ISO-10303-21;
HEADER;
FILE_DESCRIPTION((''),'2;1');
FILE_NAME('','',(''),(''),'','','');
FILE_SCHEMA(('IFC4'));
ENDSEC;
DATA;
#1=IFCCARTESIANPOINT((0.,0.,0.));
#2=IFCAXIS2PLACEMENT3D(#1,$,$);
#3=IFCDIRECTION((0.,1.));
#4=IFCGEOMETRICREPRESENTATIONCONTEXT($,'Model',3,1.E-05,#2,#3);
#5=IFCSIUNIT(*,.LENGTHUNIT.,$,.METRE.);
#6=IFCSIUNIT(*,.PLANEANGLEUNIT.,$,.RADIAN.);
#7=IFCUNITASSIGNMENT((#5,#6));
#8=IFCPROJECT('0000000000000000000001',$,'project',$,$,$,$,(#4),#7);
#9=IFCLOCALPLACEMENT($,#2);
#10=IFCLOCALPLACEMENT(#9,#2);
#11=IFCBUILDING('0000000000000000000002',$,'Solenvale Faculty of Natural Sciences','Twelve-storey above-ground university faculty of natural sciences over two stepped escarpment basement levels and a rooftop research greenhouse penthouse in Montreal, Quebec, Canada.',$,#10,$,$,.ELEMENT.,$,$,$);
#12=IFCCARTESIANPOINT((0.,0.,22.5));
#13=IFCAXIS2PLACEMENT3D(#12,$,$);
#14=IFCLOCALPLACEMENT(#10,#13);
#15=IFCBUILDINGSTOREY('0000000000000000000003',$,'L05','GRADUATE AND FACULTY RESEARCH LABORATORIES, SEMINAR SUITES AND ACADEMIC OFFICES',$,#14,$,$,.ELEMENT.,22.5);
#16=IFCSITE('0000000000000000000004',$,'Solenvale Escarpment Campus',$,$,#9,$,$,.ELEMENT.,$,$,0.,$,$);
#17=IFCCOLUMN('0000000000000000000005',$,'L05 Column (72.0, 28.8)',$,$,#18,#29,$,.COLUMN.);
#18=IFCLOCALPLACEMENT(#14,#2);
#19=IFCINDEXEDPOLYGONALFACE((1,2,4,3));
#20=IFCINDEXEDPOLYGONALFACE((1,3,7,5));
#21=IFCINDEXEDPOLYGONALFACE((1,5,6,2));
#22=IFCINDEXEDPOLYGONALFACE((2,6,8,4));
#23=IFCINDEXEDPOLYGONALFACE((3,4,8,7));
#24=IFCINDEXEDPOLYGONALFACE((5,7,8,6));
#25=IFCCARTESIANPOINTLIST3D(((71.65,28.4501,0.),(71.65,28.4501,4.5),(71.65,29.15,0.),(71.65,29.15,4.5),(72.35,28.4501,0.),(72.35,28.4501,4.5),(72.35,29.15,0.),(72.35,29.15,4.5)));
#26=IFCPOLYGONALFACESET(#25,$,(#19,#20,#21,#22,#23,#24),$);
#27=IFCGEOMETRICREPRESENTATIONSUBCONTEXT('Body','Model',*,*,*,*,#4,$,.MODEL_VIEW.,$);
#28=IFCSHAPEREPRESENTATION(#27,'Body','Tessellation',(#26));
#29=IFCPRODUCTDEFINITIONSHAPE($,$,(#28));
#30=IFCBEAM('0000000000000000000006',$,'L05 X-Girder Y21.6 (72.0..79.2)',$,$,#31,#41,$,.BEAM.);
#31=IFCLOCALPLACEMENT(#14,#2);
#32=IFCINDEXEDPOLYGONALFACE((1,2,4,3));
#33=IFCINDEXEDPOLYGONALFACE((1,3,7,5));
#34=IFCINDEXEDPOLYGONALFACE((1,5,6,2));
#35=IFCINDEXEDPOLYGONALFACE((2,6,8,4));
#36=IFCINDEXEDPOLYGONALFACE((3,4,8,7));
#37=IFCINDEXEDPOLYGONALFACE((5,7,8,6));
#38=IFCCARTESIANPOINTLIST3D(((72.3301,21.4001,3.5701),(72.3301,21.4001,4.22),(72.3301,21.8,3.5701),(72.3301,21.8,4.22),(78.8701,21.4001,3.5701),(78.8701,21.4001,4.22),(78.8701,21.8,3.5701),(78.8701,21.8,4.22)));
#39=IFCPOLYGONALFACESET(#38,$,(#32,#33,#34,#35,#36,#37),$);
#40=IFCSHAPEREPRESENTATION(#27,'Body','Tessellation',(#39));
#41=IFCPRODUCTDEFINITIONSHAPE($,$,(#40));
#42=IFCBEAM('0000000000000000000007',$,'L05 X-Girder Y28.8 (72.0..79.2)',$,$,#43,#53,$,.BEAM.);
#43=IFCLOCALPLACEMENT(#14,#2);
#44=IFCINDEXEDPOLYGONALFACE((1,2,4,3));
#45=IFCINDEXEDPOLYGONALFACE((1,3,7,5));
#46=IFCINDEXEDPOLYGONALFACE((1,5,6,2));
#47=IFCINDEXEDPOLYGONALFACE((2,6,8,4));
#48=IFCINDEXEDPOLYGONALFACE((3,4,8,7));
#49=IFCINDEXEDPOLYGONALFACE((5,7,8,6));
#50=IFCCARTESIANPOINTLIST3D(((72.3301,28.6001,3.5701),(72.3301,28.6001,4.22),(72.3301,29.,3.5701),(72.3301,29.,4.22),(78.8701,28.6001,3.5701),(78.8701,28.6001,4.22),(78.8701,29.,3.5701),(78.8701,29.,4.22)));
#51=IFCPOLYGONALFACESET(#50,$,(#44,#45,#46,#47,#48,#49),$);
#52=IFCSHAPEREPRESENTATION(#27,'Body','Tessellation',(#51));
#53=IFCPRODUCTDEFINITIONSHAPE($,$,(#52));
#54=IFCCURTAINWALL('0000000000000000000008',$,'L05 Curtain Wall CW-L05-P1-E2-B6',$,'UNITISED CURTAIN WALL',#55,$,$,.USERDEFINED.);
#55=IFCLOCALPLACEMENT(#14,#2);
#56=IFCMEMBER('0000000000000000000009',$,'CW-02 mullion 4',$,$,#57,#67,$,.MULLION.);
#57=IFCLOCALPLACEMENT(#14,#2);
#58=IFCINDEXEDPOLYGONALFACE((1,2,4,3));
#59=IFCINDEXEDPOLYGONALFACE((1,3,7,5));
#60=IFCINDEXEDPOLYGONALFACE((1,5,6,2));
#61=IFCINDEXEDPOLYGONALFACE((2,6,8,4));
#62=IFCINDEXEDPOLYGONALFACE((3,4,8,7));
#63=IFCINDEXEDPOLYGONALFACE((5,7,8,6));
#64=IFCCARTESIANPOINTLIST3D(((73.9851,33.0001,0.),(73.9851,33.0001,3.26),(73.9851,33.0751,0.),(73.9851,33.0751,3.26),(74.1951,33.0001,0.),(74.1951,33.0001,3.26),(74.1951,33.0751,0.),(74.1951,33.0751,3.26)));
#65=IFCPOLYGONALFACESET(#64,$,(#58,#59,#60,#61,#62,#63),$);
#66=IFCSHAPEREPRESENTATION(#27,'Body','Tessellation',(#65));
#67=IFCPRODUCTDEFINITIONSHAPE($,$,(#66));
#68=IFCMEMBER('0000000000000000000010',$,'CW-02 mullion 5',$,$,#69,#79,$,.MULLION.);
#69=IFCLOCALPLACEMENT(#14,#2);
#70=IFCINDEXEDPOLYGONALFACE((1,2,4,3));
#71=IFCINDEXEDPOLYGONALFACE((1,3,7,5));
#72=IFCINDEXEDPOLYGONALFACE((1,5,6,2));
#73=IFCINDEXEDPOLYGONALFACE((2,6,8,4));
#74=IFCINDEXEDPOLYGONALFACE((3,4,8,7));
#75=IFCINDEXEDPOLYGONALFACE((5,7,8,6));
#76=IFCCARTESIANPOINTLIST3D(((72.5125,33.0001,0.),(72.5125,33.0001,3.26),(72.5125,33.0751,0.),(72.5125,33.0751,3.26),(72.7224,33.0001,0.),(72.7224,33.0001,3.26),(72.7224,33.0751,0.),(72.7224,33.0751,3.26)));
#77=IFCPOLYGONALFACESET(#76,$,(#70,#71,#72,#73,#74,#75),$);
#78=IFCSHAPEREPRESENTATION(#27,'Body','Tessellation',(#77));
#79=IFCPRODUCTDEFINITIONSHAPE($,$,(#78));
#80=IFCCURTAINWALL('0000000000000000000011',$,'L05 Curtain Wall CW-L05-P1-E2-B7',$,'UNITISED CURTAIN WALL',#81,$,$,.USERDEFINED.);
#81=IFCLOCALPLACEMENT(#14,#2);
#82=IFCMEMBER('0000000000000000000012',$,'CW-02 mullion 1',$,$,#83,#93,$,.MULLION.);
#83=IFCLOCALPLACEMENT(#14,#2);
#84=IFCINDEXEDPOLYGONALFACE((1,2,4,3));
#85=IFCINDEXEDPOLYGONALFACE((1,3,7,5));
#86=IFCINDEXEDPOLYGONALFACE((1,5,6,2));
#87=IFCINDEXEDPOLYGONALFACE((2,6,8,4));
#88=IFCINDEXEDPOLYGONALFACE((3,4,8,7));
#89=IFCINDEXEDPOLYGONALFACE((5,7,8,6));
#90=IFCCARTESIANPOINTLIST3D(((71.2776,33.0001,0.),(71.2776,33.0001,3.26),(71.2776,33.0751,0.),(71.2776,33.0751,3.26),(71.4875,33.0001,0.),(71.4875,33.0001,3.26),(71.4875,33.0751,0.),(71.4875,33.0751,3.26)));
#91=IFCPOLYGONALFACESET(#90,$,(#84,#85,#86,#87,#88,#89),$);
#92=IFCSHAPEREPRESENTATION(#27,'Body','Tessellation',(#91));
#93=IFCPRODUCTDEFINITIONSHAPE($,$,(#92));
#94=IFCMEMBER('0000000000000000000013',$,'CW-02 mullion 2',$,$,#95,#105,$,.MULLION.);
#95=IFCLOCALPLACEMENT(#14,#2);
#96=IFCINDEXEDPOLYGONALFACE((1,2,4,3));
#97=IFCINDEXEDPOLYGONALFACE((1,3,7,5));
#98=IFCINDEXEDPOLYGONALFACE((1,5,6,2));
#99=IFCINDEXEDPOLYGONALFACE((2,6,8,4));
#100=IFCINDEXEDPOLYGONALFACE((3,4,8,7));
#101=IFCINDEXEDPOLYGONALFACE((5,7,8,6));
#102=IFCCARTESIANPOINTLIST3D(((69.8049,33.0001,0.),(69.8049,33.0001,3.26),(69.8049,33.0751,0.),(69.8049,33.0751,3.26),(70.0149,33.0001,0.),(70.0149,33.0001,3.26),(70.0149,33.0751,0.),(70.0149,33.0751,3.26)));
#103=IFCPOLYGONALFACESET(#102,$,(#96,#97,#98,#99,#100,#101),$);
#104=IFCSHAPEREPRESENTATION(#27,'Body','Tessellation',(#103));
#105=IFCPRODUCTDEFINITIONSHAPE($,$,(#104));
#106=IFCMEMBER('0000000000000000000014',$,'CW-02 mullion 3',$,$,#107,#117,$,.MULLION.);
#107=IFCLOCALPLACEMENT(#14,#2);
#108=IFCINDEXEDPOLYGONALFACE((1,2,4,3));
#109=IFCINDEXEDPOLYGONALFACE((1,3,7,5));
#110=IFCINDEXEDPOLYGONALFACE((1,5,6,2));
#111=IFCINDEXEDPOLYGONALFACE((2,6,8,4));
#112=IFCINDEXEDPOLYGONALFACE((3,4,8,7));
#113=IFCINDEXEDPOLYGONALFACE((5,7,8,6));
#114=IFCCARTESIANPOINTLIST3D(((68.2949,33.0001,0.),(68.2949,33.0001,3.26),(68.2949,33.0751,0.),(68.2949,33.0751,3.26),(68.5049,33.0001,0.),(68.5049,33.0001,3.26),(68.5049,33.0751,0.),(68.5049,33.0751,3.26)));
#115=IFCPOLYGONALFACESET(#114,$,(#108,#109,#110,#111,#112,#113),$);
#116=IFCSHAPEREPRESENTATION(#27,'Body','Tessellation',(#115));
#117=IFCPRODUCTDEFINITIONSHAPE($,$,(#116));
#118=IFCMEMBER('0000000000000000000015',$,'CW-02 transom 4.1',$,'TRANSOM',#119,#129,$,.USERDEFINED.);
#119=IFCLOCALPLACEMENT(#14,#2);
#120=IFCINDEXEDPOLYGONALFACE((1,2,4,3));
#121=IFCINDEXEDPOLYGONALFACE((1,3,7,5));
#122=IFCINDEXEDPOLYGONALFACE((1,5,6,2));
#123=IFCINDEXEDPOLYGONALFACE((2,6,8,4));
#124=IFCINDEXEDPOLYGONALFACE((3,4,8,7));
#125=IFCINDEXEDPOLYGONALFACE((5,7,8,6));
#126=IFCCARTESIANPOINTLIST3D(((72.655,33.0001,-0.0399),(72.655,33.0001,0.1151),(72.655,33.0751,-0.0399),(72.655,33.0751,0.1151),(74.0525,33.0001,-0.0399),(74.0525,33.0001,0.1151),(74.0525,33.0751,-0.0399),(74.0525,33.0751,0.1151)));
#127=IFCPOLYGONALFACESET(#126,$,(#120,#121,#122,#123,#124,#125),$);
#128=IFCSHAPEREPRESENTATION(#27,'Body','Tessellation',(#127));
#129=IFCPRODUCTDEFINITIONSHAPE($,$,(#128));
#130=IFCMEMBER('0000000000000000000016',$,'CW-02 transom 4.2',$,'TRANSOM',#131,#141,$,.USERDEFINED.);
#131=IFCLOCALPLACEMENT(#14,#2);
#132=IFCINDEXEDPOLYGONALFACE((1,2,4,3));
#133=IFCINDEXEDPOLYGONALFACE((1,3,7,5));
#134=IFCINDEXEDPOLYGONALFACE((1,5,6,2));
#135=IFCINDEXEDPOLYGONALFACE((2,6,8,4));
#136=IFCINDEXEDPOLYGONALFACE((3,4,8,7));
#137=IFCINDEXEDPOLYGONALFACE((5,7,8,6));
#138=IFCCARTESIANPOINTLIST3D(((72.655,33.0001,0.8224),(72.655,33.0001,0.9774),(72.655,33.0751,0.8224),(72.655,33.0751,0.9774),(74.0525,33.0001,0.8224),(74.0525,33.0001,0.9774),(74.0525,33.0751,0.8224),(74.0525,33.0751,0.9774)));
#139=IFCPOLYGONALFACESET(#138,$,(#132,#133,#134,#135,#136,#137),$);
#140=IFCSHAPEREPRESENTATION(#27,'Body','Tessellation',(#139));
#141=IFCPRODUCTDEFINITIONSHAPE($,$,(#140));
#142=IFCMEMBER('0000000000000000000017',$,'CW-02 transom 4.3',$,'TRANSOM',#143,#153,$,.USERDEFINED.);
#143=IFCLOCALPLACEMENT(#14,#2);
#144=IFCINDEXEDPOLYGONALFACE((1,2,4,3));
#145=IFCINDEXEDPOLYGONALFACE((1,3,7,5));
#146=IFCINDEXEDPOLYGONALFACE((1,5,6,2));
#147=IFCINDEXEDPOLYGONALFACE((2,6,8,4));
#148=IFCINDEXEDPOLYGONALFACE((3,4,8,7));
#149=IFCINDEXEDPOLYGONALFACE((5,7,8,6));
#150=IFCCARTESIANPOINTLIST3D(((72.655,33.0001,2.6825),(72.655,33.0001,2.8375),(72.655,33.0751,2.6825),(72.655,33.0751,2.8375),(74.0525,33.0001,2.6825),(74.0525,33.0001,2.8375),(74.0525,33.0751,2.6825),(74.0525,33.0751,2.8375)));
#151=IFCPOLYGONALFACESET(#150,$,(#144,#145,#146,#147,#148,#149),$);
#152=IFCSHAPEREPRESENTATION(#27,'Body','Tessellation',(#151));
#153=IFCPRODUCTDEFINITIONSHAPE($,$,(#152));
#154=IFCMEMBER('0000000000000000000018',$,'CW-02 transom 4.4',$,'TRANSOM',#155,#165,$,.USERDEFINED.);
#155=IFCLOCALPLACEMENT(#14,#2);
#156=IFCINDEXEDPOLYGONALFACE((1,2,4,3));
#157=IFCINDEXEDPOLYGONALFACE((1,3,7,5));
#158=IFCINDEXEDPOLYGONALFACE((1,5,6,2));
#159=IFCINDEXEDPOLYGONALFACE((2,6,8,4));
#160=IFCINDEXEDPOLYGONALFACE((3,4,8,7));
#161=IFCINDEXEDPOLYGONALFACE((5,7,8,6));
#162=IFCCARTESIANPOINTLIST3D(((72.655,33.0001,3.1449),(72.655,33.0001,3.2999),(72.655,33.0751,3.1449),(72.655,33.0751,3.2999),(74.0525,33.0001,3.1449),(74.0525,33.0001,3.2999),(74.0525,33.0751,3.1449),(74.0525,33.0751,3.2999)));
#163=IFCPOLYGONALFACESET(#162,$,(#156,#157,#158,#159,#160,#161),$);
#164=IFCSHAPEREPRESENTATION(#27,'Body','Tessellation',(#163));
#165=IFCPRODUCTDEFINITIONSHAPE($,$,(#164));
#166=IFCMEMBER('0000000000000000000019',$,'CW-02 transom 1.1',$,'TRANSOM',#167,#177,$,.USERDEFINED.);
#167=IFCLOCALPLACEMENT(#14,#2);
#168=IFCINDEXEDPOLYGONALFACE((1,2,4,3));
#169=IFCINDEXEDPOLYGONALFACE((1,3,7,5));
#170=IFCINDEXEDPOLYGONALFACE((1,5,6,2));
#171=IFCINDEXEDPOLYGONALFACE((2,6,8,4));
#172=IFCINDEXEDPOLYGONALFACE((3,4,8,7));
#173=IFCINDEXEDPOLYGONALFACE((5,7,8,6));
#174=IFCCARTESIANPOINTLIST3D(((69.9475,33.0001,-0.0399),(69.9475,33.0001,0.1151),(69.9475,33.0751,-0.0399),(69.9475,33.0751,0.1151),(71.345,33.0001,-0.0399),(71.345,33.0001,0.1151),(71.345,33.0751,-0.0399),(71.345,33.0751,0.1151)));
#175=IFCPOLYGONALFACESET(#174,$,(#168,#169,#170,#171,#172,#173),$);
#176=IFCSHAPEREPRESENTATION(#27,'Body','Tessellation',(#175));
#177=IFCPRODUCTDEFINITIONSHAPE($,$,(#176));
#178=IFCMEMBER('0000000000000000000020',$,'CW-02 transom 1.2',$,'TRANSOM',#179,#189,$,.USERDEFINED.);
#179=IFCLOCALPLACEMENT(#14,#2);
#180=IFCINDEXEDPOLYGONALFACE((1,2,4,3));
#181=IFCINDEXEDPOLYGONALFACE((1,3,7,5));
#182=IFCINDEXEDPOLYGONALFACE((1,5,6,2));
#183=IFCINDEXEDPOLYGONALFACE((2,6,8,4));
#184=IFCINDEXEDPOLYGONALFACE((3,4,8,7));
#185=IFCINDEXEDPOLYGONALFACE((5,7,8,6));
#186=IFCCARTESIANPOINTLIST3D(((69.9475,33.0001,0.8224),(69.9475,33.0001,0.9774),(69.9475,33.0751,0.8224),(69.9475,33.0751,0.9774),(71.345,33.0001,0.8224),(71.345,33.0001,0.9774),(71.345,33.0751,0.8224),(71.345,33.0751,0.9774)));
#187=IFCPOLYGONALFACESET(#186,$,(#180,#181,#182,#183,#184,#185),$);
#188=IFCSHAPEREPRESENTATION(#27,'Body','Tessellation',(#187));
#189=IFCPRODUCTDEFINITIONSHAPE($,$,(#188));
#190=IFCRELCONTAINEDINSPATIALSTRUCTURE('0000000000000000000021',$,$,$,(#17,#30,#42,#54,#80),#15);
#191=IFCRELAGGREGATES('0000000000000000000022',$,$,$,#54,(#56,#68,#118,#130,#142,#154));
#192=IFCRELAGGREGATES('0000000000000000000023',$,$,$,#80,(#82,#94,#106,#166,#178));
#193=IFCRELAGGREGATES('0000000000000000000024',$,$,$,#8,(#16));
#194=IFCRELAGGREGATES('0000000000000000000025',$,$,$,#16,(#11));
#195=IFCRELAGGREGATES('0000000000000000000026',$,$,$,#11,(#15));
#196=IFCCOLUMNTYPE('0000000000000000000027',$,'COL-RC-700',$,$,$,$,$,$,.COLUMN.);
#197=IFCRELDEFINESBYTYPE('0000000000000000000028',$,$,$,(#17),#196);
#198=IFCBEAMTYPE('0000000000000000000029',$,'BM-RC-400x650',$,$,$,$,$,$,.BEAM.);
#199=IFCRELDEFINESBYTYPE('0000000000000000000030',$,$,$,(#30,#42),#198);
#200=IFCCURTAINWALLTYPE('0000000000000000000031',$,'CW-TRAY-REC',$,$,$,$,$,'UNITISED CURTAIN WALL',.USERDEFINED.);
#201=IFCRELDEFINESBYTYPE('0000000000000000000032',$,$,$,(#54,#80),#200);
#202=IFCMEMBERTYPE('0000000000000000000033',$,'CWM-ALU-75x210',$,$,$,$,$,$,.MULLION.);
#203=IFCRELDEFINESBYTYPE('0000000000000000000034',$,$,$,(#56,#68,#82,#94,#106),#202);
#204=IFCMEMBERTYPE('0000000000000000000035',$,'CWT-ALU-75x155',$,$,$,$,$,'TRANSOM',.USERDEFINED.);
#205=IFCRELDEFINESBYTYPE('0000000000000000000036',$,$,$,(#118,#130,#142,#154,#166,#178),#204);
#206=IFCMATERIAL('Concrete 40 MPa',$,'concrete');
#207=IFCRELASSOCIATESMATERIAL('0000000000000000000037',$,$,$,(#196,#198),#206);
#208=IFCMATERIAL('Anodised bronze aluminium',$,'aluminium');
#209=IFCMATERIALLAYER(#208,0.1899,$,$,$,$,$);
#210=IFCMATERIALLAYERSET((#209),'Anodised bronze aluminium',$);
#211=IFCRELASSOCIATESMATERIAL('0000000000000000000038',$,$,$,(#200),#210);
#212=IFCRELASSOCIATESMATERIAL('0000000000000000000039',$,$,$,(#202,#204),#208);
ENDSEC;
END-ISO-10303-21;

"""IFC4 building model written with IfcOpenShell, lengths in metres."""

from ifc_helpers import new_model, si_unit, direction, frame, origin, origin_2d, place, context, subcontext, project, spatial, rectangle, extrude, material, layer, layer_set, material_profile, profile_set, type_object, element, aggregate, save


model = new_model("IFC4")

# Units and contexts
model_context = context("Model", 3, precision=1e-05, world=origin(), true_north=direction((0.0, 1.0)))
body_context = subcontext(model_context, "Body", "Model", "MODEL_VIEW")
ifc_project = project(units=[si_unit("LENGTHUNIT", "METRE"), si_unit("PLANEANGLEUNIT", "RADIAN")], contexts=[model_context])

# Site, building, storey
site_placement = place(None, origin())
site = spatial("IfcSite", under=ifc_project, at=site_placement, Name="Solenvale Escarpment Campus", CompositionType="ELEMENT", RefElevation=0.0)
building_placement = place(site_placement, origin())
building = spatial("IfcBuilding", under=site, at=building_placement, Name="Solenvale Faculty of Natural Sciences", Description="Twelve-storey above-ground university faculty of natural sciences over two stepped escarpment basement levels and a rooftop research greenhouse penthouse in Montreal, Quebec, Canada.", CompositionType="ELEMENT")
storey_placement = place(building_placement, frame((0.0, 0.0, 22.5)))
storey = spatial("IfcBuildingStorey", under=building, at=storey_placement, Name="L05", Description="GRADUATE AND FACULTY RESEARCH LABORATORIES, SEMINAR SUITES AND ACADEMIC OFFICES", CompositionType="ELEMENT", Elevation=22.5)

# Column
ifc_material_1 = material(Name="Concrete 40 MPa", Category="concrete")
ifc_material_profile_1 = material_profile(ifc_material_1, rectangle(XDim=0.7, YDim=0.7, at=origin_2d()), Name="RC-COL-700x700")
ifc_profile_set_1 = profile_set([ifc_material_profile_1], Name="Concrete 40 MPa")
column_type = type_object("IfcColumnType", Name="COL-RC-700", PredefinedType="COLUMN", material=ifc_profile_set_1)
column_placement = place(storey_placement, frame((72.0, 28.8, 0.0), z_axis=(0.0, 0.0, 1.0), x_axis=(1.0, 0.0, 0.0)))
element("IfcColumn", 1, at=column_placement, inside=storey, type_object=column_type, Name="L05 Column (72.0, 28.8)", PredefinedType="COLUMN", context=body_context, shape_type="SweptSolid", body=[
    extrude(rectangle(XDim=0.7, YDim=0.7, at=origin_2d()), origin(), (0.0, 0.0, 1.0), 4.5),
])

# Beams
ifc_material_profile_2 = material_profile(ifc_material_1, rectangle(XDim=0.3999, YDim=0.6499, at=origin_2d()), Name="RC-BM-400x650")
ifc_profile_set_2 = profile_set([ifc_material_profile_2], Name="Concrete 40 MPa")
beam_type = type_object("IfcBeamType", Name="BM-RC-400x650", PredefinedType="BEAM", material=ifc_profile_set_2)
for number, where, z_axis, x_axis, name in (
    (2, (72.3301, 21.6001, 3.895), (1.0, 0.0, 0.0), (0.0, 1.0, 0.0), "L05 X-Girder Y21.6 (72.0..79.2)"),
    (3, (72.3301, 28.8, 3.895), (1.0, 0.0, 0.0), (0.0, 1.0, 0.0), "L05 X-Girder Y28.8 (72.0..79.2)"),
):
    element("IfcBeam", number, at=place(storey_placement, frame(where, z_axis=z_axis, x_axis=x_axis)), inside=storey, type_object=beam_type, Name=name, PredefinedType="BEAM", context=body_context, shape_type="SweptSolid", body=[
        extrude(rectangle(XDim=0.3999, YDim=0.6499, at=origin_2d()), origin(), (0.0, 0.0, 1.0), 6.54),
    ])

# Curtain walls, members
ifc_material_2 = material(Name="Anodised bronze aluminium", Category="aluminium")
ifc_layer_1 = layer(ifc_material_2, 0.1899)
ifc_layer_set_1 = layer_set([ifc_layer_1], Name="Anodised bronze aluminium")
curtain_wall_type = type_object("IfcCurtainWallType", Name="CW-TRAY-REC", ElementType="UNITISED CURTAIN WALL", PredefinedType="USERDEFINED", material=ifc_layer_set_1)
curtain_wall_1_placement = place(storey_placement, origin())
curtain_wall_1 = element("IfcCurtainWall", 4, at=curtain_wall_1_placement, inside=storey, type_object=curtain_wall_type, Name="L05 Curtain Wall CW-L05-P1-E2-B6", ObjectType="UNITISED CURTAIN WALL", PredefinedType="USERDEFINED")
ifc_material_profile_3 = material_profile(ifc_material_2, rectangle(XDim=0.075, YDim=0.21, at=origin_2d()), Name="ALU-MUL-75x210")
ifc_profile_set_3 = profile_set([ifc_material_profile_3], Name="Anodised bronze aluminium")
member_type_1 = type_object("IfcMemberType", Name="CWM-ALU-75x210", PredefinedType="MULLION", material=ifc_profile_set_3)
member_1_placement = place(storey_placement, frame((74.0901, 33.0376, 0.0), z_axis=(0.0, 0.0, 1.0), x_axis=(0.0, -1.0, 0.0)))
member_1 = element("IfcMember", 5, at=member_1_placement, type_object=member_type_1, Name="CW-02 mullion 4", PredefinedType="MULLION", context=body_context, shape_type="SweptSolid", body=[
    extrude(rectangle(XDim=0.075, YDim=0.21, at=origin_2d()), origin(), (0.0, 0.0, 1.0), 3.26),
])
member_2_placement = place(storey_placement, frame((72.6174, 33.0376, 0.0), z_axis=(0.0, 0.0, 1.0), x_axis=(0.0, -1.0, 0.0)))
member_2 = element("IfcMember", 6, at=member_2_placement, type_object=member_type_1, Name="CW-02 mullion 5", PredefinedType="MULLION", context=body_context, shape_type="SweptSolid", body=[
    extrude(rectangle(XDim=0.075, YDim=0.21, at=origin_2d()), origin(), (0.0, 0.0, 1.0), 3.26),
])
curtain_wall_2_placement = place(storey_placement, origin())
curtain_wall_2 = element("IfcCurtainWall", 7, at=curtain_wall_2_placement, inside=storey, type_object=curtain_wall_type, Name="L05 Curtain Wall CW-L05-P1-E2-B7", ObjectType="UNITISED CURTAIN WALL", PredefinedType="USERDEFINED")
member_3_placement = place(storey_placement, frame((71.3826, 33.0376, 0.0), z_axis=(0.0, 0.0, 1.0), x_axis=(0.0, -1.0, 0.0)))
member_3 = element("IfcMember", 8, at=member_3_placement, type_object=member_type_1, Name="CW-02 mullion 1", PredefinedType="MULLION", context=body_context, shape_type="SweptSolid", body=[
    extrude(rectangle(XDim=0.075, YDim=0.21, at=origin_2d()), origin(), (0.0, 0.0, 1.0), 3.26),
])
member_4_placement = place(storey_placement, frame((69.9099, 33.0376, 0.0), z_axis=(0.0, 0.0, 1.0), x_axis=(0.0, -1.0, 0.0)))
member_4 = element("IfcMember", 9, at=member_4_placement, type_object=member_type_1, Name="CW-02 mullion 2", PredefinedType="MULLION", context=body_context, shape_type="SweptSolid", body=[
    extrude(rectangle(XDim=0.075, YDim=0.21, at=origin_2d()), origin(), (0.0, 0.0, 1.0), 3.26),
])
member_5_placement = place(storey_placement, frame((68.3999, 33.0376, 0.0), z_axis=(0.0, 0.0, 1.0), x_axis=(0.0, -1.0, 0.0)))
member_5 = element("IfcMember", 10, at=member_5_placement, type_object=member_type_1, Name="CW-02 mullion 3", PredefinedType="MULLION", context=body_context, shape_type="SweptSolid", body=[
    extrude(rectangle(XDim=0.075, YDim=0.21, at=origin_2d()), origin(), (0.0, 0.0, 1.0), 3.26),
])

# Members
ifc_material_profile_4 = material_profile(ifc_material_2, rectangle(XDim=0.075, YDim=0.155, at=origin_2d()), Name="ALU-TRN-75x155")
ifc_profile_set_4 = profile_set([ifc_material_profile_4], Name="Anodised bronze aluminium")
member_type_2 = type_object("IfcMemberType", Name="CWT-ALU-75x155", ElementType="TRANSOM", PredefinedType="USERDEFINED", material=ifc_profile_set_4)
member_6_placement = place(storey_placement, frame((74.0525, 33.0376, 0.0376), z_axis=(-1.0, 0.0, 0.0), x_axis=(0.0, -1.0, 0.0)))
member_6 = element("IfcMember", 11, at=member_6_placement, type_object=member_type_2, Name="CW-02 transom 4.1", ObjectType="TRANSOM", PredefinedType="USERDEFINED", context=body_context, shape_type="SweptSolid", body=[
    extrude(rectangle(XDim=0.075, YDim=0.155, at=origin_2d()), origin(), (0.0, 0.0, 1.0), 1.3975),
])
member_7_placement = place(storey_placement, frame((74.0525, 33.0376, 0.8999), z_axis=(-1.0, 0.0, 0.0), x_axis=(0.0, -1.0, 0.0)))
member_7 = element("IfcMember", 12, at=member_7_placement, type_object=member_type_2, Name="CW-02 transom 4.2", ObjectType="TRANSOM", PredefinedType="USERDEFINED", context=body_context, shape_type="SweptSolid", body=[
    extrude(rectangle(XDim=0.075, YDim=0.155, at=origin_2d()), origin(), (0.0, 0.0, 1.0), 1.3975),
])
member_8_placement = place(storey_placement, frame((74.0525, 33.0376, 2.76), z_axis=(-1.0, 0.0, 0.0), x_axis=(0.0, -1.0, 0.0)))
member_8 = element("IfcMember", 13, at=member_8_placement, type_object=member_type_2, Name="CW-02 transom 4.3", ObjectType="TRANSOM", PredefinedType="USERDEFINED", context=body_context, shape_type="SweptSolid", body=[
    extrude(rectangle(XDim=0.075, YDim=0.155, at=origin_2d()), origin(), (0.0, 0.0, 1.0), 1.3975),
])
member_9_placement = place(storey_placement, frame((74.0525, 33.0376, 3.2224), z_axis=(-1.0, 0.0, 0.0), x_axis=(0.0, -1.0, 0.0)))
member_9 = element("IfcMember", 14, at=member_9_placement, type_object=member_type_2, Name="CW-02 transom 4.4", ObjectType="TRANSOM", PredefinedType="USERDEFINED", context=body_context, shape_type="SweptSolid", body=[
    extrude(rectangle(XDim=0.075, YDim=0.155, at=origin_2d()), origin(), (0.0, 0.0, 1.0), 1.3975),
])
member_10_placement = place(storey_placement, frame((71.345, 33.0376, 0.0376), z_axis=(-1.0, 0.0, 0.0), x_axis=(0.0, -1.0, 0.0)))
member_10 = element("IfcMember", 15, at=member_10_placement, type_object=member_type_2, Name="CW-02 transom 1.1", ObjectType="TRANSOM", PredefinedType="USERDEFINED", context=body_context, shape_type="SweptSolid", body=[
    extrude(rectangle(XDim=0.075, YDim=0.155, at=origin_2d()), origin(), (0.0, 0.0, 1.0), 1.3975),
])
member_11_placement = place(storey_placement, frame((71.345, 33.0376, 0.8999), z_axis=(-1.0, 0.0, 0.0), x_axis=(0.0, -1.0, 0.0)))
member_11 = element("IfcMember", 16, at=member_11_placement, type_object=member_type_2, Name="CW-02 transom 1.2", ObjectType="TRANSOM", PredefinedType="USERDEFINED", context=body_context, shape_type="SweptSolid", body=[
    extrude(rectangle(XDim=0.075, YDim=0.155, at=origin_2d()), origin(), (0.0, 0.0, 1.0), 1.3975),
])

aggregate(curtain_wall_1, [member_1, member_2, member_6, member_7, member_8, member_9])
aggregate(curtain_wall_2, [member_3, member_4, member_5, member_10, member_11])

save(model, "model.ifc")
